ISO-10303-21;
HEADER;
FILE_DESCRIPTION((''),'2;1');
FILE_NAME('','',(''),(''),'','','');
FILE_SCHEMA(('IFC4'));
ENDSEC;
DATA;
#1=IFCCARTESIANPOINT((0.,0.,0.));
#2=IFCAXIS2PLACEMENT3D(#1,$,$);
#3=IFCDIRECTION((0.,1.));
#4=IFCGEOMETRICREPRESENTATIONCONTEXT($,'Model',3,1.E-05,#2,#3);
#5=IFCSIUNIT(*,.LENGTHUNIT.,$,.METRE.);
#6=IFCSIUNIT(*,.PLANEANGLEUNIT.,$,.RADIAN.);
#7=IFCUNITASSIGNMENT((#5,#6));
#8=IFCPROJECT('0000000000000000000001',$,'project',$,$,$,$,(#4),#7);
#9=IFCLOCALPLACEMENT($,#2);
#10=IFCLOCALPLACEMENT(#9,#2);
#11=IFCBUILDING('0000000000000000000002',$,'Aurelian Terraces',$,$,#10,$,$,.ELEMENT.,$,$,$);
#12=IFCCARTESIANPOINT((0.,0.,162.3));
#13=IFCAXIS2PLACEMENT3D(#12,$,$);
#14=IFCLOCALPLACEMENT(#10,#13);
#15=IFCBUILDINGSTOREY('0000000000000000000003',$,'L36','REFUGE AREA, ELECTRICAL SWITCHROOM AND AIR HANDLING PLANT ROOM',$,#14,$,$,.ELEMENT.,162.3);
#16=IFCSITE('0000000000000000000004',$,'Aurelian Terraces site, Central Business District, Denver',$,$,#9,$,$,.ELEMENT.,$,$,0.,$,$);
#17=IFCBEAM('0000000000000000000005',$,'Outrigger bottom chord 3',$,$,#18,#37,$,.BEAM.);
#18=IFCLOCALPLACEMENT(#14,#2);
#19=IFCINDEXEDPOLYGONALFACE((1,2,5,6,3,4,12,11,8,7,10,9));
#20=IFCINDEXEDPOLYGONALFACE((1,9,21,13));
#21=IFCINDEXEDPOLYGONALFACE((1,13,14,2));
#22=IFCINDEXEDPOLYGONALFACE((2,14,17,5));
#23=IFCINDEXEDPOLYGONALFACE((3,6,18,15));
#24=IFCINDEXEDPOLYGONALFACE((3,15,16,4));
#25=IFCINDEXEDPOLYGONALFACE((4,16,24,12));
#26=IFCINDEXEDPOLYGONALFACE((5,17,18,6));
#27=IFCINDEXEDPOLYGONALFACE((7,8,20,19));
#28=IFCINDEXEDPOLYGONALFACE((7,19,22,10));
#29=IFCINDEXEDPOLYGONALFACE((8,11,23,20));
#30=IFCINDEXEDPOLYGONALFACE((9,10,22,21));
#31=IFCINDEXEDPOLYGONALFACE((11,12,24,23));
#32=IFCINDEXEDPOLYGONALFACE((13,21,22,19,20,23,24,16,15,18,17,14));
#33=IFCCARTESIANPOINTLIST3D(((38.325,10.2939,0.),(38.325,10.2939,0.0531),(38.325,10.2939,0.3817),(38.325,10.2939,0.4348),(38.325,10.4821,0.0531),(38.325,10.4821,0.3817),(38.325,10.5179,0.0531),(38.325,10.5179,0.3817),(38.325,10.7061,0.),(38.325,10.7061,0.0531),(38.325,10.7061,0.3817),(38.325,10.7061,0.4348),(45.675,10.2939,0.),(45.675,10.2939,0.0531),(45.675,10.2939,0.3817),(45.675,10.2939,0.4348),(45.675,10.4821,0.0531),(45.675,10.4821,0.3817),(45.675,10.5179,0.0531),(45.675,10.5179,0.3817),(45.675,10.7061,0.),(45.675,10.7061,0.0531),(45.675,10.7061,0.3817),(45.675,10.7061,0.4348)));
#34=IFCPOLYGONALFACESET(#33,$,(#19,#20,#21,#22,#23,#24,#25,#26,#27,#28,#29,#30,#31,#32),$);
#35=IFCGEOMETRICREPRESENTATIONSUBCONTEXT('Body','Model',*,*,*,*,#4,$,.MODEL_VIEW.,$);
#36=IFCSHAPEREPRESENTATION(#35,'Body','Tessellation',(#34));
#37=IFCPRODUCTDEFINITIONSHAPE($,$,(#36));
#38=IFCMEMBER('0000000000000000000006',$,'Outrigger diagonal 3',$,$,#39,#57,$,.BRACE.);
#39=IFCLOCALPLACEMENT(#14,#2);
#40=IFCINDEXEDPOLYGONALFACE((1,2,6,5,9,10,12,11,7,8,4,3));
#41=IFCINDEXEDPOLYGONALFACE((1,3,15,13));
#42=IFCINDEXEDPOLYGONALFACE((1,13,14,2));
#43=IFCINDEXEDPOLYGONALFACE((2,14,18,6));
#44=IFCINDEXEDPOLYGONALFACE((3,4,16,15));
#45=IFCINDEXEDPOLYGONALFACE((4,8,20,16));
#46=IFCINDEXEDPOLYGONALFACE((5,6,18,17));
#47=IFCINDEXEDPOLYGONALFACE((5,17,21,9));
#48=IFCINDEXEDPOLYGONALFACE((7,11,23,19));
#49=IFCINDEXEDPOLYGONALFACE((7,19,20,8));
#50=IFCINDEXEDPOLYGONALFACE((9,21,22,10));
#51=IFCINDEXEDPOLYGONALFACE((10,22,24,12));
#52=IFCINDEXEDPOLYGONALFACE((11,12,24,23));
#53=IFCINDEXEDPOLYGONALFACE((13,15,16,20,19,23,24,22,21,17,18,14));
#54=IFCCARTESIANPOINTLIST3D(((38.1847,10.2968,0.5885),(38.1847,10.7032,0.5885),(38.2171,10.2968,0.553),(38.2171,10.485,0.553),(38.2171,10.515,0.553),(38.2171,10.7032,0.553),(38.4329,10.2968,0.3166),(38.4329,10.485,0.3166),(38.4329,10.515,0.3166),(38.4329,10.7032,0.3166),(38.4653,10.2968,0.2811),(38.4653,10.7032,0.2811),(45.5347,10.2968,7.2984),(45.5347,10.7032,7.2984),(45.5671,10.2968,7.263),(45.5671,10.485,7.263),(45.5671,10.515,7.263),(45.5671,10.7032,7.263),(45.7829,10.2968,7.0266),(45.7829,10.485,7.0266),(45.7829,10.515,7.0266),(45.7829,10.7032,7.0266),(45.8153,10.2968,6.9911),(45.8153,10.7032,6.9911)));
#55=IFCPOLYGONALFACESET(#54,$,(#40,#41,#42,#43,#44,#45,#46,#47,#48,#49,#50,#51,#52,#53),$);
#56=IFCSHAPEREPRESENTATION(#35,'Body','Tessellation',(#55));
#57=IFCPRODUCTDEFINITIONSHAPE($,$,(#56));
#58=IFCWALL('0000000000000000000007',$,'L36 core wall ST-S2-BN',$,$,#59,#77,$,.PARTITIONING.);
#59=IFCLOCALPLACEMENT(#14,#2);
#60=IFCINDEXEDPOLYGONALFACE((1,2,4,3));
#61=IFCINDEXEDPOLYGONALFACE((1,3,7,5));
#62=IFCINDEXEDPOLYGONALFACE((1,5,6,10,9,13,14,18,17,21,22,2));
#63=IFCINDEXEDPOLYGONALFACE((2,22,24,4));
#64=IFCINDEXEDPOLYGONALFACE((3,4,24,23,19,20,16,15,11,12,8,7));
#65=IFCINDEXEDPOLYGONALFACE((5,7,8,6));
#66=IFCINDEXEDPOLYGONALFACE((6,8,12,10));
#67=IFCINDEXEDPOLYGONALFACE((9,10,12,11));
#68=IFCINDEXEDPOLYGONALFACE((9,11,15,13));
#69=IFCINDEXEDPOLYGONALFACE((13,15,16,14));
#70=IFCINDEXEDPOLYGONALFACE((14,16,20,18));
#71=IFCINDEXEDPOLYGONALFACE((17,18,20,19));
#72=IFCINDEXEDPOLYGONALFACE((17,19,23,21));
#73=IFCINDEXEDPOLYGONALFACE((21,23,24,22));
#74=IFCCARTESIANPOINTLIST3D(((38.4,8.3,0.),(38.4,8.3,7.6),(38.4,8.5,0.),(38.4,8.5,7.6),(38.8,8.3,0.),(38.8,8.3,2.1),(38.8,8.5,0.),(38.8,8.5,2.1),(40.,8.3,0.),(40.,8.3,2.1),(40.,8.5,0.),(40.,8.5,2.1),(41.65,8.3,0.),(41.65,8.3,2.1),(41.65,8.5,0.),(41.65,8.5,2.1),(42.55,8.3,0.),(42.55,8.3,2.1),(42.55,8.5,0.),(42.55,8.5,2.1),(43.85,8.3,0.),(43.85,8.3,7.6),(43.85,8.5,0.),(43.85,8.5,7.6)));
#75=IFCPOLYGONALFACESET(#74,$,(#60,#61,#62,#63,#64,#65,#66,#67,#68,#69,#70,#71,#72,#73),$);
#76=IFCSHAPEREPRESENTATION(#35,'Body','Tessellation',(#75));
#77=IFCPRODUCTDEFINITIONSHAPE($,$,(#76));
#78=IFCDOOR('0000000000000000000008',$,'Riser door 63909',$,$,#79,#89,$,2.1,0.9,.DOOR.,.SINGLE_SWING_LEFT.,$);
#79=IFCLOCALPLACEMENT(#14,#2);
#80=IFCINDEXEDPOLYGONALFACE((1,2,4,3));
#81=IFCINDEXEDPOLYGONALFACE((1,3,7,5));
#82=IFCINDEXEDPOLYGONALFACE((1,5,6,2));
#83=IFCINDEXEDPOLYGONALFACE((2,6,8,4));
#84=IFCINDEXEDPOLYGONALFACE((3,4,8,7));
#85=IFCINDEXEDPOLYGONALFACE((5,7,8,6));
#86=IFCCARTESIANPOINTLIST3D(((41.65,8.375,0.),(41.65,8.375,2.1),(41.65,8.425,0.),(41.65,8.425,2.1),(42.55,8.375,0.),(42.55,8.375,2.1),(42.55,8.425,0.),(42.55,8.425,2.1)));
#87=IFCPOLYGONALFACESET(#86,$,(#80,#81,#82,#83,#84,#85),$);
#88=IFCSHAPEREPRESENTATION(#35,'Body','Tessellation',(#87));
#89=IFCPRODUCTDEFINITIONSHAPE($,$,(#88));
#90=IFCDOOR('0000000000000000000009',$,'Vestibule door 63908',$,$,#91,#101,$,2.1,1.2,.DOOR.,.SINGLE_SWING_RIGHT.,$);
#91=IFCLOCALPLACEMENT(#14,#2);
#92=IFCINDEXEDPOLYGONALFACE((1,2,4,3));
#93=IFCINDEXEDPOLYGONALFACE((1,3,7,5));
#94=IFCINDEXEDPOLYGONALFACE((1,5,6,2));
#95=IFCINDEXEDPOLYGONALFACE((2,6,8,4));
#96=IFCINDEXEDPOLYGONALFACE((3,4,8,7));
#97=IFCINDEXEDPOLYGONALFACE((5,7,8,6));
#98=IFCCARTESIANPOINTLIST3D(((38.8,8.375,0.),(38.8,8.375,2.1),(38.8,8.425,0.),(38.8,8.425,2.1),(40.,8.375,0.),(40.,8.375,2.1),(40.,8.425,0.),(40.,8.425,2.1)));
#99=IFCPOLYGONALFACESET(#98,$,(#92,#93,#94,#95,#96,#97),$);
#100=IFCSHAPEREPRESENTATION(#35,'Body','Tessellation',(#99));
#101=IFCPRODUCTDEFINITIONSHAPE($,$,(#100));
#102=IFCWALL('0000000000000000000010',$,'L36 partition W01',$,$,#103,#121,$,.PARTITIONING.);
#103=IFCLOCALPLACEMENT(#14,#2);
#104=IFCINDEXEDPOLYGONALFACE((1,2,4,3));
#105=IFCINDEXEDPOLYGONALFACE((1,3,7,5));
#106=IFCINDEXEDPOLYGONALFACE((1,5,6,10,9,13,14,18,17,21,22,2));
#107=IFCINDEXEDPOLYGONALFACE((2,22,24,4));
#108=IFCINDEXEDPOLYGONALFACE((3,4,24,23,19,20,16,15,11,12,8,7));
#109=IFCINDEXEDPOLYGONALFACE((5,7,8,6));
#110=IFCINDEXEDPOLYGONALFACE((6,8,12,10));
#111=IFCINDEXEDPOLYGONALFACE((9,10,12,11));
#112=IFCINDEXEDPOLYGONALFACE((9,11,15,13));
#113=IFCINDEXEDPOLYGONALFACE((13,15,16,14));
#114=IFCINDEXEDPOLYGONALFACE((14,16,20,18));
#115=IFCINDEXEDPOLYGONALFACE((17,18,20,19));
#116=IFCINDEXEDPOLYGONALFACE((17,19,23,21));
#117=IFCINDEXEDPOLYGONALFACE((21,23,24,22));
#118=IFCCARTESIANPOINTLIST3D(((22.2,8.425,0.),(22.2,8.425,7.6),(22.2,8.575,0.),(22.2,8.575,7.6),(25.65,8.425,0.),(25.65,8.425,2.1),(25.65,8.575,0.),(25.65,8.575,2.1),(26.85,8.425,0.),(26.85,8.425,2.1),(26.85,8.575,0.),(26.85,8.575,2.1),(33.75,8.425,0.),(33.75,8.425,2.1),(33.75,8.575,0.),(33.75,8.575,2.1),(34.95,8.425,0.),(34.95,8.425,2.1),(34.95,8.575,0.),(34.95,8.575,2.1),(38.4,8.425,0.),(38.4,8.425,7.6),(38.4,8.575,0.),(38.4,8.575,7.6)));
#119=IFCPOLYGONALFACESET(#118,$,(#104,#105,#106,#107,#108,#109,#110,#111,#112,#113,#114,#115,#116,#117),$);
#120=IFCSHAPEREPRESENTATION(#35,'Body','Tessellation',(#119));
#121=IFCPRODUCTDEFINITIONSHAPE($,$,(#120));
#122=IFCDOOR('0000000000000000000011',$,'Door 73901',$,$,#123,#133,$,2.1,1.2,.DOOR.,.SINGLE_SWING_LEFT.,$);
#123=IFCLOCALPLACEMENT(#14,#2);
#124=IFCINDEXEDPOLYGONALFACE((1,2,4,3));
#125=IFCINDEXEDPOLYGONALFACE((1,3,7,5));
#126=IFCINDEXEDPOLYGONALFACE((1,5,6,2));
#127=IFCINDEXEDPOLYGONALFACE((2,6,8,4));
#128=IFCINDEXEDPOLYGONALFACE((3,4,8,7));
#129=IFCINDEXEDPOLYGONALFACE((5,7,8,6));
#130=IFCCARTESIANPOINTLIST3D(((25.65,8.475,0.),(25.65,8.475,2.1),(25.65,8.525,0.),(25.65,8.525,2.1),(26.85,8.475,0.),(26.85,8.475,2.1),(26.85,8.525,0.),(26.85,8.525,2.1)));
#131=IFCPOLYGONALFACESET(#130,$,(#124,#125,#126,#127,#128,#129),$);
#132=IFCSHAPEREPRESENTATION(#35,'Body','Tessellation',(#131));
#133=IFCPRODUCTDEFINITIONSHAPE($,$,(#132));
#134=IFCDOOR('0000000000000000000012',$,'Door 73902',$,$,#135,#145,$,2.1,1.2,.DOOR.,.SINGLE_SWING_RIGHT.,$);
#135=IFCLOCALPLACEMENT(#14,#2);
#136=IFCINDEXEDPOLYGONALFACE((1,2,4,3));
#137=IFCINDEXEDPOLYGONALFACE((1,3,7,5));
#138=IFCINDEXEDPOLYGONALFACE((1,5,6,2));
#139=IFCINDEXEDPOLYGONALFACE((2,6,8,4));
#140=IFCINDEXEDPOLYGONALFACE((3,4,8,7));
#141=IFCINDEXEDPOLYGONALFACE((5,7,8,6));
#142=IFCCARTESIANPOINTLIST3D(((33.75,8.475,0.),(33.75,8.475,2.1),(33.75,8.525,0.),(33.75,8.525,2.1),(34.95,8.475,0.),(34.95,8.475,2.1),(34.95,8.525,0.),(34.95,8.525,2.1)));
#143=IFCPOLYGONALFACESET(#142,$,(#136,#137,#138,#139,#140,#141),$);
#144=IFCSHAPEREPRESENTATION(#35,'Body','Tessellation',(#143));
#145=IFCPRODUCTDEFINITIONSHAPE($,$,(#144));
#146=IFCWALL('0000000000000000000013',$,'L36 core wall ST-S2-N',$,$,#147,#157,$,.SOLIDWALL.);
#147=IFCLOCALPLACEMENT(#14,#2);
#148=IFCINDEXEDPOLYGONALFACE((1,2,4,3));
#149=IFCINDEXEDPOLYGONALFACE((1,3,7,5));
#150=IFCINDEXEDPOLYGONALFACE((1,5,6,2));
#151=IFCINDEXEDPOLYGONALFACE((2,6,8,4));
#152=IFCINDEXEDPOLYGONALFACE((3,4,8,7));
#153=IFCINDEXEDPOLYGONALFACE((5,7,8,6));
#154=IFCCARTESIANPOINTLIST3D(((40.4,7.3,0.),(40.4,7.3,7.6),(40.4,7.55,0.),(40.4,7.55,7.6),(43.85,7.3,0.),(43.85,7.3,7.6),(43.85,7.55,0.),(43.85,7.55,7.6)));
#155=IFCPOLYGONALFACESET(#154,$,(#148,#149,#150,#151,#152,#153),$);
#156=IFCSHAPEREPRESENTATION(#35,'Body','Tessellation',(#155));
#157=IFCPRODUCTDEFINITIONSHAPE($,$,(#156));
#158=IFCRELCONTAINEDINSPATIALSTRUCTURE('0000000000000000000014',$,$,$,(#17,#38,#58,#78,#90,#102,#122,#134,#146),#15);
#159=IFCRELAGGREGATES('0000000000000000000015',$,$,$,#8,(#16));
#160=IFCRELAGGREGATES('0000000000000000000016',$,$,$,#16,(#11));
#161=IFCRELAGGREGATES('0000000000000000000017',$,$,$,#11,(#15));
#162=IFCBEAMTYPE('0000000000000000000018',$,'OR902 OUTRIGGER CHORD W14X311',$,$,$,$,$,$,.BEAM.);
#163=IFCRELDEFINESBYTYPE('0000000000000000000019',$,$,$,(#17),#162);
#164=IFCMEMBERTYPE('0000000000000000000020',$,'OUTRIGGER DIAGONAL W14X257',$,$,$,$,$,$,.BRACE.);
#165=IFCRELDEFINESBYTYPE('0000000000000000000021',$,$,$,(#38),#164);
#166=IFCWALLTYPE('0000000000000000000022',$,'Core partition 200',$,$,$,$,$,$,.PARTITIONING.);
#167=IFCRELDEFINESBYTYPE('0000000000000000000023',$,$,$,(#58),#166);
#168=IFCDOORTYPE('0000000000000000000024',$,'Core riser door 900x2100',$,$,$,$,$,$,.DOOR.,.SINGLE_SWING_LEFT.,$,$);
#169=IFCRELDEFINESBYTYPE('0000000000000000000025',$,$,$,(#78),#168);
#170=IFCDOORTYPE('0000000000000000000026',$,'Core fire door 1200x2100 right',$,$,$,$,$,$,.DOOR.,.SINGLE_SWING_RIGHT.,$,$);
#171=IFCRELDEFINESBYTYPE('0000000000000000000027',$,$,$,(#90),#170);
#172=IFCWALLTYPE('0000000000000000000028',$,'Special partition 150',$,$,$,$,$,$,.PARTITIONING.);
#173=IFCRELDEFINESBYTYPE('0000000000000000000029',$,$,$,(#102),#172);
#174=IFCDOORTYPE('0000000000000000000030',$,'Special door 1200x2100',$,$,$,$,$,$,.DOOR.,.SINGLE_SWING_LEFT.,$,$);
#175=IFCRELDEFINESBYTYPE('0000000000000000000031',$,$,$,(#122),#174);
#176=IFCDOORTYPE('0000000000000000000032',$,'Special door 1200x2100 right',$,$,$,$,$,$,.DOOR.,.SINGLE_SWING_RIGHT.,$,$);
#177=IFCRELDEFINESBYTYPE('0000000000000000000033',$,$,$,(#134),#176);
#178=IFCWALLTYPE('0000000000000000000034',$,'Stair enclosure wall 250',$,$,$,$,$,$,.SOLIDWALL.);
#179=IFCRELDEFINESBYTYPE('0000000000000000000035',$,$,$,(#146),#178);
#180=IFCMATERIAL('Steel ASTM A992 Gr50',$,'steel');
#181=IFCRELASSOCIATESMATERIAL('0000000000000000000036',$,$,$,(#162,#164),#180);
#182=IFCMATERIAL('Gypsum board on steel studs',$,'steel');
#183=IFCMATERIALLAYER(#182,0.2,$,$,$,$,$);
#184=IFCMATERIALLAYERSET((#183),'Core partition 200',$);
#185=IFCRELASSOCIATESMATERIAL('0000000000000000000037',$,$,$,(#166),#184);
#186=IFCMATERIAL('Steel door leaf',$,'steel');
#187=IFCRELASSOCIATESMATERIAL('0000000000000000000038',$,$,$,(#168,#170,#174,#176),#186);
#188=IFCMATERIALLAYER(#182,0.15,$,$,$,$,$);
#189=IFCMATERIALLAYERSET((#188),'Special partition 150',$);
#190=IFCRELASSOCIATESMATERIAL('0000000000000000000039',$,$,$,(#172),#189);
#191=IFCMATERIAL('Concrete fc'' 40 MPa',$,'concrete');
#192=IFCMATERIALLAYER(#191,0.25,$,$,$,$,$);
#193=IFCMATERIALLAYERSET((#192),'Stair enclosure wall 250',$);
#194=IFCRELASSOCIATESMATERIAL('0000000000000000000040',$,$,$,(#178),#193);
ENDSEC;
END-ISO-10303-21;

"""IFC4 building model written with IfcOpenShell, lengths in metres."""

from ifc_helpers import new_model, si_unit, direction, frame, frame_2d, origin, origin_2d, place, context, subcontext, project, spatial, rectangle, i_section, extrude, source, transform, mapped, material, layer, layer_set, material_profile, profile_set, type_object, element, fill, save


model = new_model("IFC4")

# Units and contexts
model_context = context("Model", 3, precision=1e-05, world=origin(), true_north=direction((0.0, 1.0)))
body_context = subcontext(model_context, "Body", "Model", "MODEL_VIEW")
ifc_project = project(units=[si_unit("LENGTHUNIT", "METRE"), si_unit("PLANEANGLEUNIT", "RADIAN")], contexts=[model_context])

# Site, building, storey
site_placement = place(None, origin())
site = spatial("IfcSite", under=ifc_project, at=site_placement, Name="Aurelian Terraces site, Central Business District, Denver", CompositionType="ELEMENT", RefElevation=0.0)
building_placement = place(site_placement, origin())
building = spatial("IfcBuilding", under=site, at=building_placement, Name="Aurelian Terraces", CompositionType="ELEMENT")
storey_placement = place(building_placement, frame((0.0, 0.0, 162.3)))
storey = spatial("IfcBuildingStorey", under=building, at=storey_placement, Name="L36", Description="REFUGE AREA, ELECTRICAL SWITCHROOM AND AIR HANDLING PLANT ROOM", CompositionType="ELEMENT", Elevation=162.3)

# Shared definitions
ifc_material_1 = material(Name="Steel ASTM A992 Gr50", Category="steel")
ifc_material_profile_1 = material_profile(ifc_material_1, i_section(OverallWidth=0.4122, OverallDepth=0.4348, WebThickness=0.0358, FlangeThickness=0.0531, at=origin_2d()))
ifc_profile_set_1 = profile_set([ifc_material_profile_1], Name="Steel ASTM A992 Gr50")
beam_type_1 = type_object("IfcBeamType", Name="OR902 OUTRIGGER CHORD W14X311", PredefinedType="BEAM", material=ifc_profile_set_1)

# Shared definitions
ifc_material_profile_2 = material_profile(ifc_material_1, i_section(OverallWidth=0.4063, OverallDepth=0.4161, WebThickness=0.03, FlangeThickness=0.048, at=origin_2d()))
ifc_profile_set_2 = profile_set([ifc_material_profile_2], Name="Steel ASTM A992 Gr50")
member_type = type_object("IfcMemberType", Name="OUTRIGGER DIAGONAL W14X257", PredefinedType="BRACE", material=ifc_profile_set_2)

# Beam
shared_shape_1 = source(origin(), body_context, "Body", "SweptSolid", [
    extrude(i_section(OverallWidth=0.4122, OverallDepth=0.4348, WebThickness=0.0358, FlangeThickness=0.0531, at=origin_2d()), origin(), (0.0, 0.0, 1.0), 7.35),
])
beam_1_placement = place(storey_placement, frame((38.325, 10.5, 0.2174), z_axis=(1.0, 0.0, 0.0), x_axis=(0.0, 1.0, 0.0)))
element("IfcBeam", 1, at=beam_1_placement, inside=storey, type_object=beam_type_1, Name="Outrigger bottom chord 3", PredefinedType="BEAM", context=body_context, shape_type="MappedRepresentation", body=[
    mapped(shared_shape_1, transform((0.0, 0.0, 0.0), scale=1.0)),
])

# Member
shared_shape_2 = source(origin(), body_context, "Body", "SweptSolid", [
    extrude(i_section(OverallWidth=0.4063, OverallDepth=0.4161, WebThickness=0.03, FlangeThickness=0.048, at=origin_2d()), origin(), (0.0, 0.0, 1.0), 9.9522),
])
member_1_placement = place(storey_placement, frame((38.325, 10.5, 0.4348), z_axis=(0.738529, 0.0, 0.674222), x_axis=(0.0, 1.0, 0.0)))
element("IfcMember", 2, at=member_1_placement, inside=storey, type_object=member_type, Name="Outrigger diagonal 3", PredefinedType="BRACE", context=body_context, shape_type="MappedRepresentation", body=[
    mapped(shared_shape_2, transform((0.0, 0.0, 0.0), scale=1.0)),
])

# Walls, openings, doors
ifc_material_2 = material(Name="Gypsum board on steel studs", Category="steel")
ifc_layer_1 = layer(ifc_material_2, 0.2)
ifc_layer_set_1 = layer_set([ifc_layer_1], Name="Core partition 200")
wall_type_1 = type_object("IfcWallType", Name="Core partition 200", PredefinedType="PARTITIONING", material=ifc_layer_set_1)
wall_1_placement = place(storey_placement, frame((38.4, 8.4, 0.0), z_axis=(0.0, 0.0, 1.0), x_axis=(1.0, 0.0, 0.0)))
wall_1 = element("IfcWall", 3, at=wall_1_placement, inside=storey, type_object=wall_type_1, Name="L36 core wall ST-S2-BN", PredefinedType="PARTITIONING", context=body_context, shape_type="SweptSolid", body=[
    extrude(rectangle(XDim=5.45, YDim=0.2, at=frame_2d((2.725, 0.0))), origin(), (0.0, 0.0, 1.0), 7.6),
])
shared_shape_3 = source(origin(), body_context, "Body", "SweptSolid", [
    extrude(rectangle(XDim=1.2, YDim=2.1, at=frame_2d((0.6, 1.05))), frame((0.0, 0.11, 0.0), z_axis=(0.0, -1.0, 0.0), x_axis=(1.0, 0.0, 0.0)), (0.0, 0.0, 1.0), 0.22),
])
opening_1_placement = place(wall_1_placement, frame((0.4, 0.0, 0.0)))
opening_1 = element("IfcOpeningElement", 4, at=opening_1_placement, cuts=wall_1, PredefinedType="OPENING", context=body_context, shape_type="MappedRepresentation", body=[
    mapped(shared_shape_3, transform((0.0, 0.0, 0.0), scale=1.0)),
])
shared_shape_4 = source(origin(), body_context, "Body", "SweptSolid", [
    extrude(rectangle(XDim=0.9, YDim=2.1, at=frame_2d((0.45, 1.05))), frame((0.0, 0.11, 0.0), z_axis=(0.0, -1.0, 0.0), x_axis=(1.0, 0.0, 0.0)), (0.0, 0.0, 1.0), 0.22),
])
opening_2_placement = place(wall_1_placement, frame((3.25, 0.0, 0.0)))
opening_2 = element("IfcOpeningElement", 5, at=opening_2_placement, cuts=wall_1, PredefinedType="OPENING", context=body_context, shape_type="MappedRepresentation", body=[
    mapped(shared_shape_4, transform((0.0, 0.0, 0.0), scale=1.0)),
])
ifc_material_3 = material(Name="Steel door leaf", Category="steel")
door_type_1 = type_object("IfcDoorType", Name="Core riser door 900x2100", OperationType="SINGLE_SWING_LEFT", PredefinedType="DOOR", material=ifc_material_3)
shared_shape_5 = source(origin(), body_context, "Body", "SweptSolid", [
    extrude(rectangle(XDim=0.9, YDim=2.1, at=frame_2d((0.45, 1.05))), frame((0.0, 0.025, 0.0), z_axis=(0.0, -1.0, 0.0), x_axis=(1.0, 0.0, 0.0)), (0.0, 0.0, 1.0), 0.05),
])
door_1_placement = place(opening_2_placement, origin())
door_1 = element("IfcDoor", 6, at=door_1_placement, inside=storey, type_object=door_type_1, Name="Riser door 63909", OperationType="SINGLE_SWING_LEFT", OverallHeight=2.1, OverallWidth=0.9, PredefinedType="DOOR", context=body_context, shape_type="MappedRepresentation", body=[
    mapped(shared_shape_5, transform((0.0, 0.0, 0.0), scale=1.0)),
])
fill(opening_2, door_1)
door_type_2 = type_object("IfcDoorType", Name="Core fire door 1200x2100 right", OperationType="SINGLE_SWING_RIGHT", PredefinedType="DOOR", material=ifc_material_3)
shared_shape_6 = source(origin(), body_context, "Body", "SweptSolid", [
    extrude(rectangle(XDim=1.2, YDim=2.1, at=frame_2d((0.6, 1.05))), frame((0.0, 0.025, 0.0), z_axis=(0.0, -1.0, 0.0), x_axis=(1.0, 0.0, 0.0)), (0.0, 0.0, 1.0), 0.05),
])
door_2_placement = place(opening_1_placement, origin())
door_2 = element("IfcDoor", 7, at=door_2_placement, inside=storey, type_object=door_type_2, Name="Vestibule door 63908", OperationType="SINGLE_SWING_RIGHT", OverallHeight=2.1, OverallWidth=1.2, PredefinedType="DOOR", context=body_context, shape_type="MappedRepresentation", body=[
    mapped(shared_shape_6, transform((0.0, 0.0, 0.0), scale=1.0)),
])
fill(opening_1, door_2)
ifc_layer_2 = layer(ifc_material_2, 0.15)
ifc_layer_set_2 = layer_set([ifc_layer_2], Name="Special partition 150")
wall_type_2 = type_object("IfcWallType", Name="Special partition 150", PredefinedType="PARTITIONING", material=ifc_layer_set_2)
wall_2_placement = place(storey_placement, frame((22.2, 8.5, 0.0), z_axis=(0.0, 0.0, 1.0), x_axis=(1.0, 0.0, 0.0)))
wall_2 = element("IfcWall", 8, at=wall_2_placement, inside=storey, type_object=wall_type_2, Name="L36 partition W01", PredefinedType="PARTITIONING", context=body_context, shape_type="SweptSolid", body=[
    extrude(rectangle(XDim=16.2, YDim=0.15, at=frame_2d((8.1, 0.0))), origin(), (0.0, 0.0, 1.0), 7.6),
])
shared_shape_7 = source(origin(), body_context, "Body", "SweptSolid", [
    extrude(rectangle(XDim=1.2, YDim=2.1, at=frame_2d((0.6, 1.05))), frame((0.0, 0.085, 0.0), z_axis=(0.0, -1.0, 0.0), x_axis=(1.0, 0.0, 0.0)), (0.0, 0.0, 1.0), 0.17),
])
opening_3_placement = place(wall_2_placement, frame((3.45, 0.0, 0.0)))
opening_3 = element("IfcOpeningElement", 9, at=opening_3_placement, cuts=wall_2, PredefinedType="OPENING", context=body_context, shape_type="MappedRepresentation", body=[
    mapped(shared_shape_7, transform((0.0, 0.0, 0.0), scale=1.0)),
])
opening_4_placement = place(wall_2_placement, frame((11.55, 0.0, 0.0)))
opening_4 = element("IfcOpeningElement", 10, at=opening_4_placement, cuts=wall_2, PredefinedType="OPENING", context=body_context, shape_type="MappedRepresentation", body=[
    mapped(shared_shape_7, transform((0.0, 0.0, 0.0), scale=1.0)),
])
door_type_3 = type_object("IfcDoorType", Name="Special door 1200x2100", OperationType="SINGLE_SWING_LEFT", PredefinedType="DOOR", material=ifc_material_3)
door_3_placement = place(opening_3_placement, origin())
door_3 = element("IfcDoor", 11, at=door_3_placement, inside=storey, type_object=door_type_3, Name="Door 73901", OperationType="SINGLE_SWING_LEFT", OverallHeight=2.1, OverallWidth=1.2, PredefinedType="DOOR", context=body_context, shape_type="MappedRepresentation", body=[
    mapped(shared_shape_6, transform((0.0, 0.0, 0.0), scale=1.0)),
])
fill(opening_3, door_3)
door_type_4 = type_object("IfcDoorType", Name="Special door 1200x2100 right", OperationType="SINGLE_SWING_RIGHT", PredefinedType="DOOR", material=ifc_material_3)
door_4_placement = place(opening_4_placement, origin())
door_4 = element("IfcDoor", 12, at=door_4_placement, inside=storey, type_object=door_type_4, Name="Door 73902", OperationType="SINGLE_SWING_RIGHT", OverallHeight=2.1, OverallWidth=1.2, PredefinedType="DOOR", context=body_context, shape_type="MappedRepresentation", body=[
    mapped(shared_shape_6, transform((0.0, 0.0, 0.0), scale=1.0)),
])
fill(opening_4, door_4)

# Wall
ifc_material_4 = material(Name="Concrete fc' 40 MPa", Category="concrete")
ifc_layer_3 = layer(ifc_material_4, 0.25)
ifc_layer_set_3 = layer_set([ifc_layer_3], Name="Stair enclosure wall 250")
wall_type_3 = type_object("IfcWallType", Name="Stair enclosure wall 250", PredefinedType="SOLIDWALL", material=ifc_layer_set_3)
wall_3_placement = place(storey_placement, frame((40.4, 7.425, 0.0), z_axis=(0.0, 0.0, 1.0), x_axis=(1.0, 0.0, 0.0)))
element("IfcWall", 13, at=wall_3_placement, inside=storey, type_object=wall_type_3, Name="L36 core wall ST-S2-N", PredefinedType="SOLIDWALL", context=body_context, shape_type="SweptSolid", body=[
    extrude(rectangle(XDim=3.45, YDim=0.25, at=frame_2d((1.725, 0.0))), origin(), (0.0, 0.0, 1.0), 7.6),
])

save(model, "model.ifc")
